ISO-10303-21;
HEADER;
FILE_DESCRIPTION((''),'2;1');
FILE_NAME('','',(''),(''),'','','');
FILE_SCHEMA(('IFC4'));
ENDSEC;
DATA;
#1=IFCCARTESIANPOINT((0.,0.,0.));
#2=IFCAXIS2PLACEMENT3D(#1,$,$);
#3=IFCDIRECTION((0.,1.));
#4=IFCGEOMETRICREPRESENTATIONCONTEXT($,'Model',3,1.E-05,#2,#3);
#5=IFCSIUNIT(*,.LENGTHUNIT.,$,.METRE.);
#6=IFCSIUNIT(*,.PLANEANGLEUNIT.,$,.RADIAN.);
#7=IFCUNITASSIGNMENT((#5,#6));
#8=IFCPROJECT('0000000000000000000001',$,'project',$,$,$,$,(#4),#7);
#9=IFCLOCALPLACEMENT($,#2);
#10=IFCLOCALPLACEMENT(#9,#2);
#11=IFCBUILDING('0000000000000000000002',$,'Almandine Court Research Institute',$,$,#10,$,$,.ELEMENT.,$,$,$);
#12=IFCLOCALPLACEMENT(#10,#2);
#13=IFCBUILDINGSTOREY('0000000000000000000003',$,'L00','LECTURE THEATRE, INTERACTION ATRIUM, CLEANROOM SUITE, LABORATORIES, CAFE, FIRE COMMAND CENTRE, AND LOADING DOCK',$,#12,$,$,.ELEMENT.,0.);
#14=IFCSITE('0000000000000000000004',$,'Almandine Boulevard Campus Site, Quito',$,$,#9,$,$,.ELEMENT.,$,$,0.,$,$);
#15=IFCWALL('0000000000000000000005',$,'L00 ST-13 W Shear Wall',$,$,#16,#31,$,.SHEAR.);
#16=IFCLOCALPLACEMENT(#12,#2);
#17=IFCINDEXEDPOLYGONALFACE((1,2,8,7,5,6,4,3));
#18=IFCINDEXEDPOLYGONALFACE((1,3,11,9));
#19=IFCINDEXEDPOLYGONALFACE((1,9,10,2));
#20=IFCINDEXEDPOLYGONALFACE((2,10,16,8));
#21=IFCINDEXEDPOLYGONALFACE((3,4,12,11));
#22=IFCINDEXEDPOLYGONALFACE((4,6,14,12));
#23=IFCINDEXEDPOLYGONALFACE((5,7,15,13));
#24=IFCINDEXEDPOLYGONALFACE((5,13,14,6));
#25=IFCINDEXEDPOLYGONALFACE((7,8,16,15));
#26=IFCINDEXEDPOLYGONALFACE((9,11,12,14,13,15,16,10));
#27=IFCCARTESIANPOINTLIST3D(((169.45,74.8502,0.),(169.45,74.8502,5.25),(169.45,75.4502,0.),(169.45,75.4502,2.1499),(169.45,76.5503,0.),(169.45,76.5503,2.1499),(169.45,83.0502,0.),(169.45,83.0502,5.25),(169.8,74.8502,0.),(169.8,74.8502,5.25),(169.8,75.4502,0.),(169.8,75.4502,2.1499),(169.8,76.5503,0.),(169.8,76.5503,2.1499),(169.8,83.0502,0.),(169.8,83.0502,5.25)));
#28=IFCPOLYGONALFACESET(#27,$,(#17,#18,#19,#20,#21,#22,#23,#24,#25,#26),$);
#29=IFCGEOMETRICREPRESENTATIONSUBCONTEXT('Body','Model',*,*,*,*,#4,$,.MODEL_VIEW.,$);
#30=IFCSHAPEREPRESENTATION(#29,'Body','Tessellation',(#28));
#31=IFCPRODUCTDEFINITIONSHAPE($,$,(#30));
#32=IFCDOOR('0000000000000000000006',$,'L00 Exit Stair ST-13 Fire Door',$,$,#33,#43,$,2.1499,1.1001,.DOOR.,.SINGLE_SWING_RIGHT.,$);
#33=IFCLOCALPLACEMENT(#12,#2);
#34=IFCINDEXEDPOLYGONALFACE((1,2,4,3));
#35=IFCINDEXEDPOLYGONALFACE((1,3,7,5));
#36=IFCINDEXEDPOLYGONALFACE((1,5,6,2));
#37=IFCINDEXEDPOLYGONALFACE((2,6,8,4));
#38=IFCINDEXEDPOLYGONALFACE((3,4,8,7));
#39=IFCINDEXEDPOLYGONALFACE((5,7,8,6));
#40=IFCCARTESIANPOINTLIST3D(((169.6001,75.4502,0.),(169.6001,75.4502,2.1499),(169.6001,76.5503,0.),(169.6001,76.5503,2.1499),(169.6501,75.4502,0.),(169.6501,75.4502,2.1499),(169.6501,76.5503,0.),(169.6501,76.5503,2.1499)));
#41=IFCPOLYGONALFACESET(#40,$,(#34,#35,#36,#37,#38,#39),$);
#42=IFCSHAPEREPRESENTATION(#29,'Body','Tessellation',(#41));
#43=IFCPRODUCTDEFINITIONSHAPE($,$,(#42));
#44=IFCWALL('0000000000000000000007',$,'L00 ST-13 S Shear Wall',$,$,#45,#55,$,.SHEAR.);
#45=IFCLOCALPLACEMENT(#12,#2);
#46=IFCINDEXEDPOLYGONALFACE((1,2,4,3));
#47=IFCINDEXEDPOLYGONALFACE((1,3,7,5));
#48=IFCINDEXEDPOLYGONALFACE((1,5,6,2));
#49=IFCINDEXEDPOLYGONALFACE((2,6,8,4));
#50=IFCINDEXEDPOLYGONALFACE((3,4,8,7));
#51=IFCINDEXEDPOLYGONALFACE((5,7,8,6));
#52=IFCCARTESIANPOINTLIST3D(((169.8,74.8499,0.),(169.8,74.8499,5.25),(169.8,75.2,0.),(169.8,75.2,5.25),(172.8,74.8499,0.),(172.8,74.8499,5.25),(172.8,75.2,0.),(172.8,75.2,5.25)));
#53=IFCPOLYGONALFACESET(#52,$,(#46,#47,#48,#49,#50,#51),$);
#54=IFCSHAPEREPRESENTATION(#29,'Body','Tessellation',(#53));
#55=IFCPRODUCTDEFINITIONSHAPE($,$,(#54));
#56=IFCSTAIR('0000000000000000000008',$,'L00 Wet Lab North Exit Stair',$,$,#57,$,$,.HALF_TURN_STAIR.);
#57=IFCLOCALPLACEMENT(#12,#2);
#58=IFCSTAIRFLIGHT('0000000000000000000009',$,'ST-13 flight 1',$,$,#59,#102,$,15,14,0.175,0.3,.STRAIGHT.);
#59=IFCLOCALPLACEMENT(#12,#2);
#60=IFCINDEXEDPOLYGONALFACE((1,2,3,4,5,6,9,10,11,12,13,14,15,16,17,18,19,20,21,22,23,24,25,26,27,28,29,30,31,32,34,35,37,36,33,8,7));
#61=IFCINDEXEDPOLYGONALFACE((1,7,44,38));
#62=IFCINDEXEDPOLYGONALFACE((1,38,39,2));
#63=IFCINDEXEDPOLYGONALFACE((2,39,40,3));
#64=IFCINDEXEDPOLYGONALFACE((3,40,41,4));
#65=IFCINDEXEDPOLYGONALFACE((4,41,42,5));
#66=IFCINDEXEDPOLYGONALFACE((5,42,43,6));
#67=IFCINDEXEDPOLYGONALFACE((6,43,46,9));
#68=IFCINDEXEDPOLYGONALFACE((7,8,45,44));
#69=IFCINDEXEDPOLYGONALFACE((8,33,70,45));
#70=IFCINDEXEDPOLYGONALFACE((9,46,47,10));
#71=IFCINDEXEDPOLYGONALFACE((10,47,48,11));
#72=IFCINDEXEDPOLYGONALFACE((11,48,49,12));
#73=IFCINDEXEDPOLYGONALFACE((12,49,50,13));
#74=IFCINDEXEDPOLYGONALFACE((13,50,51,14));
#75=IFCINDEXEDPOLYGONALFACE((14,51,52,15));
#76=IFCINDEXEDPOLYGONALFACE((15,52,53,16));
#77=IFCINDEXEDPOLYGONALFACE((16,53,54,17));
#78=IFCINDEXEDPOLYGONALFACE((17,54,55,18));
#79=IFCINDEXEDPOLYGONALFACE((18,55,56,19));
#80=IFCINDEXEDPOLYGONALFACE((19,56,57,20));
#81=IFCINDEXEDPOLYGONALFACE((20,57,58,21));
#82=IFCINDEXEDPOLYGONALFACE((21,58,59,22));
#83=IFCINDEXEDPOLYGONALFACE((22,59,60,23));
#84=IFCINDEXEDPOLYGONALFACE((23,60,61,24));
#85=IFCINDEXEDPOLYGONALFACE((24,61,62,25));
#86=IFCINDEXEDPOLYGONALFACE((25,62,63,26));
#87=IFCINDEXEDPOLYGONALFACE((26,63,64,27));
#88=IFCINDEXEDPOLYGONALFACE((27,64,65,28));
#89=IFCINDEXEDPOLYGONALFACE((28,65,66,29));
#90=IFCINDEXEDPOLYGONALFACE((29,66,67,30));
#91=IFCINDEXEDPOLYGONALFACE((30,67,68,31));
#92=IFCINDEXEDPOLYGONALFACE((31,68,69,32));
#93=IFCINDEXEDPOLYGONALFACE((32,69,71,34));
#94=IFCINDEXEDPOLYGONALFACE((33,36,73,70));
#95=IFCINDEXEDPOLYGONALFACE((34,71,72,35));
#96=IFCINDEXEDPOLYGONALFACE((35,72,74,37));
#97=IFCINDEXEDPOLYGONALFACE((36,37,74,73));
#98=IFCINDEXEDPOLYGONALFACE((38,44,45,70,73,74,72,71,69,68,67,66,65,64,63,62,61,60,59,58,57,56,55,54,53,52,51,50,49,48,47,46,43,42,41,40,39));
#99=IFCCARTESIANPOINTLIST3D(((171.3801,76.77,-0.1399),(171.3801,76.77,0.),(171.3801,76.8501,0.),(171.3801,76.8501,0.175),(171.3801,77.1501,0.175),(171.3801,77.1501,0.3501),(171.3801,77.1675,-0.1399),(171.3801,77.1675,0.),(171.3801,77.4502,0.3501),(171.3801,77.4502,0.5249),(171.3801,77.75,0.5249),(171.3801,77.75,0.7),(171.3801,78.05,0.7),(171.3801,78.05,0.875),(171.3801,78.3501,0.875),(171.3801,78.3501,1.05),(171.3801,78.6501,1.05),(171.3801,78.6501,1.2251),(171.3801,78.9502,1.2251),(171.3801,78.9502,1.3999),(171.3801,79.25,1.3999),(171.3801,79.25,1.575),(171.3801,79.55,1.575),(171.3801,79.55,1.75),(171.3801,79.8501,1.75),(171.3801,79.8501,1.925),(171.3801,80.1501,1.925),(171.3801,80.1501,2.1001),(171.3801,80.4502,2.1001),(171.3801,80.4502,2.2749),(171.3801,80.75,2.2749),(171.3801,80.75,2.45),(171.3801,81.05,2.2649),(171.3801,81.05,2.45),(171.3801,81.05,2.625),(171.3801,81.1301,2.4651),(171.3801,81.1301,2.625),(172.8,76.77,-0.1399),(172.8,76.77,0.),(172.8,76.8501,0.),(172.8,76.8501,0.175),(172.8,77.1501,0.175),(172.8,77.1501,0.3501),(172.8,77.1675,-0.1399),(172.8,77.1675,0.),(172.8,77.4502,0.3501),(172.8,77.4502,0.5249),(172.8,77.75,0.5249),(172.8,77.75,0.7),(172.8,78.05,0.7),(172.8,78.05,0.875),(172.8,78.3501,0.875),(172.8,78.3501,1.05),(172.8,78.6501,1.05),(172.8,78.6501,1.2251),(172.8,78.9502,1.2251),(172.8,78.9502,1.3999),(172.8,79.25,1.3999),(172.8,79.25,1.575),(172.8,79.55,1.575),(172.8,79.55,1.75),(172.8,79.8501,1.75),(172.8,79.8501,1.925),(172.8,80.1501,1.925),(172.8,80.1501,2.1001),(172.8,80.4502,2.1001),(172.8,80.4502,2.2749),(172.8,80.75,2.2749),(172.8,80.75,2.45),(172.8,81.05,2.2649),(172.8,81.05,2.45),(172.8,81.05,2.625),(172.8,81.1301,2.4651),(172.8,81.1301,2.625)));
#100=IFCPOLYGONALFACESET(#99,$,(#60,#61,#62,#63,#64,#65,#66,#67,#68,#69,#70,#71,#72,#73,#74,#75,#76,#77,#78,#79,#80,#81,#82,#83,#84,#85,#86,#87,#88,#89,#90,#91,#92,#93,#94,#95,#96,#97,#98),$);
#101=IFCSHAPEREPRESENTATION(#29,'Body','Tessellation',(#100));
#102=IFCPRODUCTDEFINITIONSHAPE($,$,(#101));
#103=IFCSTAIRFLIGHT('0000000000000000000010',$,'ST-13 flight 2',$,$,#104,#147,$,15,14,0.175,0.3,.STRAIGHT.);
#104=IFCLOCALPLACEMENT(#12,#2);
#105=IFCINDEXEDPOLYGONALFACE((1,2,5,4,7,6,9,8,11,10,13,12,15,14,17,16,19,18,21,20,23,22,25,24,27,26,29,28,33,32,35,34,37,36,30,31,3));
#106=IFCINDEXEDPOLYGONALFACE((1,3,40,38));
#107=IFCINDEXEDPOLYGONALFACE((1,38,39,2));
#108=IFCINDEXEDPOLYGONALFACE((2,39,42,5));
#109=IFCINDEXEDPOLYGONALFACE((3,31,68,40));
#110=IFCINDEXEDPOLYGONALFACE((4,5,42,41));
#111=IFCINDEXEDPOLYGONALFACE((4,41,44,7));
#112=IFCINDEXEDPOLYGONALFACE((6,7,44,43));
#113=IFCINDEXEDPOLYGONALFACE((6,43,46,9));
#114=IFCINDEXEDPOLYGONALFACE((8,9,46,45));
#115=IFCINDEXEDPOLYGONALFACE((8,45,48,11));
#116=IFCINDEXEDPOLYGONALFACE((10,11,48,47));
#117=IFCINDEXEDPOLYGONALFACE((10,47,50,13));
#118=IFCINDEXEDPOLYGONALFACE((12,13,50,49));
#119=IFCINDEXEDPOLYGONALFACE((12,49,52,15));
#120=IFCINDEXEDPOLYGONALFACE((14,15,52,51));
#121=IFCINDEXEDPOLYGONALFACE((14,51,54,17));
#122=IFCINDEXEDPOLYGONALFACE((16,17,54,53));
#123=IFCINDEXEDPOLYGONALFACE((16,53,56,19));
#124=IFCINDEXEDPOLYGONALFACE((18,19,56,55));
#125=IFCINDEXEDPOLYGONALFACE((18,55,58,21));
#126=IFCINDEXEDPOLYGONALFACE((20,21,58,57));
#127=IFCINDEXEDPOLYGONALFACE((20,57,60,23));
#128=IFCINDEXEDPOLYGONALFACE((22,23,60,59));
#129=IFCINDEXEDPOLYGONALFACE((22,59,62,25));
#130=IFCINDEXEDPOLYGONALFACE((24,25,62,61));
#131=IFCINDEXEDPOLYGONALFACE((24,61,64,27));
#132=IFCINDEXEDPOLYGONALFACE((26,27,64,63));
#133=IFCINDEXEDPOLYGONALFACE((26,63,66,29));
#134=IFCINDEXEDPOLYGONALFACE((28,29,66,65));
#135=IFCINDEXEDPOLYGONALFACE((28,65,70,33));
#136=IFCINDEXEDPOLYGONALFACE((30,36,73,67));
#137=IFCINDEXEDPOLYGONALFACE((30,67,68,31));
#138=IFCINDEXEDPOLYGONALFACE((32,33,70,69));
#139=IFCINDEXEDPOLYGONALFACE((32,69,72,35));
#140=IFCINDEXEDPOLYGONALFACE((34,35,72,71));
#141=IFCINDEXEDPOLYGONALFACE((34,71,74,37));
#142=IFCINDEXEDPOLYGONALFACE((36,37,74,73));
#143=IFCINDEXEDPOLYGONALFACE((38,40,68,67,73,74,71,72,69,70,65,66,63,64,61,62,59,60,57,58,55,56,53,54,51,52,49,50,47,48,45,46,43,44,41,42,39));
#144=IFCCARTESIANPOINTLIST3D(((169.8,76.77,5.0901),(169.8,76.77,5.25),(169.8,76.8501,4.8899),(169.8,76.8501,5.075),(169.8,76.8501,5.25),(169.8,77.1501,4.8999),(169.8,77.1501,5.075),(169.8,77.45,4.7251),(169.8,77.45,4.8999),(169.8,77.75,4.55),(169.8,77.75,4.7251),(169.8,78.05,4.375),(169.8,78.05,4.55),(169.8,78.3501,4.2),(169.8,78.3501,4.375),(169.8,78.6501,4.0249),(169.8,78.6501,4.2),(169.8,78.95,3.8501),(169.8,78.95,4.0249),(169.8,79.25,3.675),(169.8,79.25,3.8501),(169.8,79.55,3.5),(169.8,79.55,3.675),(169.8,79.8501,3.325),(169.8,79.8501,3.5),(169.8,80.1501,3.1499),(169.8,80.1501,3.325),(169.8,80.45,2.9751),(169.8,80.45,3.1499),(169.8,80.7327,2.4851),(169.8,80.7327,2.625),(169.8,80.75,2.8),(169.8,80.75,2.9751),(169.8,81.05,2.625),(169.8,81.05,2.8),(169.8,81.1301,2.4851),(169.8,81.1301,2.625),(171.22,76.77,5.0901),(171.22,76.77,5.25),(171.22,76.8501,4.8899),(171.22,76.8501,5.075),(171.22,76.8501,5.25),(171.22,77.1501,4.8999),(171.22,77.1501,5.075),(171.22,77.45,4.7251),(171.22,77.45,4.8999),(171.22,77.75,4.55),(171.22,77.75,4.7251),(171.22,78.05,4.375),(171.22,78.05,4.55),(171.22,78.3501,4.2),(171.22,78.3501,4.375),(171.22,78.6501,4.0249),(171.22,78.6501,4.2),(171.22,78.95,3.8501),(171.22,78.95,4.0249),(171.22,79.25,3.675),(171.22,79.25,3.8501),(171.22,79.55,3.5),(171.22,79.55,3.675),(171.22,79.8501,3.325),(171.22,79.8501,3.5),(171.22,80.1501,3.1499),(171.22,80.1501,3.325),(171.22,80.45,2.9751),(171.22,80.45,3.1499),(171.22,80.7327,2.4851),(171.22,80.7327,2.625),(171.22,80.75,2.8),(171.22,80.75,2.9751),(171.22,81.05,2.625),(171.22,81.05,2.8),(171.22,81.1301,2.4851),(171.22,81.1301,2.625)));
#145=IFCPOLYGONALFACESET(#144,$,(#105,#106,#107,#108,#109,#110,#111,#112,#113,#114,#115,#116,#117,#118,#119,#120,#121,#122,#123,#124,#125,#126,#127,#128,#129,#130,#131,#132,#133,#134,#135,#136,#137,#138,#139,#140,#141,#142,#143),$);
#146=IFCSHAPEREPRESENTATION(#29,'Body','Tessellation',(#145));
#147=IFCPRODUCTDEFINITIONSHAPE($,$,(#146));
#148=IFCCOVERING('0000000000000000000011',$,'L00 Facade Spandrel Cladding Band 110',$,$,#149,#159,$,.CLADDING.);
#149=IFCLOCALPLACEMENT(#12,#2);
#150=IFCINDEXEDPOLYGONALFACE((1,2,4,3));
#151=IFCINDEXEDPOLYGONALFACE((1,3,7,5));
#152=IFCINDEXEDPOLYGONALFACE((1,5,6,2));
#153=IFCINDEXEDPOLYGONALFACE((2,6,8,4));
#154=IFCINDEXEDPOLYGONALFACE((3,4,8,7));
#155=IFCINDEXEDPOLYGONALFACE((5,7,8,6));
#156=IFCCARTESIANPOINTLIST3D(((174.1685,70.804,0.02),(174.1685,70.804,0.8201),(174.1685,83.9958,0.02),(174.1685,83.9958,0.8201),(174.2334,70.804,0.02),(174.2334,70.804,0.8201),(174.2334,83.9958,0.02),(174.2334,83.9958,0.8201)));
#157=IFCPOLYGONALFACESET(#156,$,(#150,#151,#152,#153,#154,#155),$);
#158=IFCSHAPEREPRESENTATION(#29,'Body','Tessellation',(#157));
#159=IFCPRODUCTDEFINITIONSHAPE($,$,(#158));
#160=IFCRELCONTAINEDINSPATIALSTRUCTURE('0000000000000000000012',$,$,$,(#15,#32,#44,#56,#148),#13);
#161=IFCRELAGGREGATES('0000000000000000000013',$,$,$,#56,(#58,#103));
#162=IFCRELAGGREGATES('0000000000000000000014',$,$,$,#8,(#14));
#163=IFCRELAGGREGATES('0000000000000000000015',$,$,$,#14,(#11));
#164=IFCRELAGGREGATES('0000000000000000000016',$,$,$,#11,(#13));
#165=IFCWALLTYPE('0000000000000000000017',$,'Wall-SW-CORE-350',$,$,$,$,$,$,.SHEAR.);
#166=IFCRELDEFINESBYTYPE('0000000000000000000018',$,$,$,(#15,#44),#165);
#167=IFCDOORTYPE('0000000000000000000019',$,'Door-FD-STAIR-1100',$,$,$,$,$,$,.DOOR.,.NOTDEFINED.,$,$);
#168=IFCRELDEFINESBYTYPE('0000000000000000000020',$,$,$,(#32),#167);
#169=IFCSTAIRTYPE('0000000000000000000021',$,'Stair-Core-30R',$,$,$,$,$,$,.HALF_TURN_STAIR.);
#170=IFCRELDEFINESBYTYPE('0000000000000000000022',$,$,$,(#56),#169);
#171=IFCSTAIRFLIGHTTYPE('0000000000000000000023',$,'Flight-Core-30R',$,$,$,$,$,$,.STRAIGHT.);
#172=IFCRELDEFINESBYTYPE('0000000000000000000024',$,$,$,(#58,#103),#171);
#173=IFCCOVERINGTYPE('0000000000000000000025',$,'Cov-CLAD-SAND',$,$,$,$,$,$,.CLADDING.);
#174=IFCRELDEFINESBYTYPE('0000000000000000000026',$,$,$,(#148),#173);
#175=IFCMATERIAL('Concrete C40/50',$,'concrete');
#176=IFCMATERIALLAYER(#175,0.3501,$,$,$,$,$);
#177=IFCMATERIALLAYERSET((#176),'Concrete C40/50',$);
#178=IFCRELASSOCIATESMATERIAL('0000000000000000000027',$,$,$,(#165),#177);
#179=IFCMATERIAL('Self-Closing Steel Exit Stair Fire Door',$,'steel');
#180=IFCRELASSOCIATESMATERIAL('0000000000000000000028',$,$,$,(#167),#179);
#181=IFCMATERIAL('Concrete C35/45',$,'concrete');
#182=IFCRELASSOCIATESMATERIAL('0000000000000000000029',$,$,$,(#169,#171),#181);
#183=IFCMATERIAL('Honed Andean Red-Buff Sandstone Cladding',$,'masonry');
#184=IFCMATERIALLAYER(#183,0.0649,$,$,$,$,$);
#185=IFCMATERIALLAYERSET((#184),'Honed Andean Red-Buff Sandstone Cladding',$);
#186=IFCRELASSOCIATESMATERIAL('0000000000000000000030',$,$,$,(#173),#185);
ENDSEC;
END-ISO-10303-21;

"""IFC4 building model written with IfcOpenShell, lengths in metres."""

from ifc_helpers import new_model, si_unit, direction, frame, frame_2d, origin, origin_2d, place, context, subcontext, project, spatial, polyline, rectangle, outline, extrude, material, layer, layer_set, type_object, element, fill, aggregate, save


model = new_model("IFC4")

# Units and contexts
model_context = context("Model", 3, precision=1e-05, world=origin(), true_north=direction((0.0, 1.0)))
body_context = subcontext(model_context, "Body", "Model", "MODEL_VIEW")
ifc_project = project(units=[si_unit("LENGTHUNIT", "METRE"), si_unit("PLANEANGLEUNIT", "RADIAN")], contexts=[model_context])

# Site, building, storey
site_placement = place(None, origin())
site = spatial("IfcSite", under=ifc_project, at=site_placement, Name="Almandine Boulevard Campus Site, Quito", CompositionType="ELEMENT", RefElevation=0.0)
building_placement = place(site_placement, origin())
building = spatial("IfcBuilding", under=site, at=building_placement, Name="Almandine Court Research Institute", CompositionType="ELEMENT")
storey_placement = place(building_placement, origin())
storey = spatial("IfcBuildingStorey", under=building, at=storey_placement, Name="L00", Description="LECTURE THEATRE, INTERACTION ATRIUM, CLEANROOM SUITE, LABORATORIES, CAFE, FIRE COMMAND CENTRE, AND LOADING DOCK", CompositionType="ELEMENT", Elevation=0.0)

# Wall, opening, door
ifc_material_1 = material(Name="Concrete C40/50", Category="concrete")
ifc_layer_1 = layer(ifc_material_1, 0.3501)
ifc_layer_set_1 = layer_set([ifc_layer_1], Name="Concrete C40/50")
wall_type_1 = type_object("IfcWallType", Name="Wall-SW-CORE-350", PredefinedType="SHEAR", material=ifc_layer_set_1)
wall_1_placement = place(storey_placement, frame((169.625, 74.8501, 0.0), z_axis=(0.0, 0.0, 1.0), x_axis=(0.0, 1.0, 0.0)))
wall_1 = element("IfcWall", 1, at=wall_1_placement, inside=storey, type_object=wall_type_1, Name="L00 ST-13 W Shear Wall", PredefinedType="SHEAR", context=body_context, shape_type="SweptSolid", body=[
    extrude(rectangle(XDim=8.2, YDim=0.3501, at=frame_2d((4.1001, 0.0))), origin(), (0.0, 0.0, 1.0), 5.25),
])
opening_1_placement = place(wall_1_placement, frame((0.6001, 0.0, 0.0)))
opening_1 = element("IfcOpeningElement", 2, at=opening_1_placement, cuts=wall_1, PredefinedType="OPENING", context=body_context, shape_type="SweptSolid", body=[
    extrude(rectangle(XDim=1.1001, YDim=2.1499, at=frame_2d((0.55, 1.075))), frame((0.0, 0.1851, 0.0), z_axis=(0.0, -1.0, 0.0), x_axis=(1.0, 0.0, 0.0)), (0.0, 0.0, 1.0), 0.3701),
])
ifc_material_2 = material(Name="Self-Closing Steel Exit Stair Fire Door", Category="steel")
door_type_1 = type_object("IfcDoorType", Name="Door-FD-STAIR-1100", OperationType="NOTDEFINED", PredefinedType="DOOR", material=ifc_material_2)
door_1_placement = place(opening_1_placement, origin())
door_1 = element("IfcDoor", 3, at=door_1_placement, inside=storey, type_object=door_type_1, Name="L00 Exit Stair ST-13 Fire Door", OperationType="SINGLE_SWING_RIGHT", OverallHeight=2.1499, OverallWidth=1.1001, PredefinedType="DOOR", context=body_context, shape_type="SweptSolid", body=[
    extrude(rectangle(XDim=1.1001, YDim=2.1499, at=frame_2d((0.55, 1.075))), frame((0.0, 0.0249, 0.0), z_axis=(0.0, -1.0, 0.0), x_axis=(1.0, 0.0, 0.0)), (0.0, 0.0, 1.0), 0.05),
])
fill(opening_1, door_1)

# Wall
wall_2_placement = place(storey_placement, frame((172.8, 75.0249, 0.0), z_axis=(0.0, 0.0, 1.0), x_axis=(-1.0, 0.0, 0.0)))
element("IfcWall", 4, at=wall_2_placement, inside=storey, type_object=wall_type_1, Name="L00 ST-13 S Shear Wall", PredefinedType="SHEAR", context=body_context, shape_type="SweptSolid", body=[
    extrude(rectangle(XDim=3.0, YDim=0.3501, at=frame_2d((1.5, 0.0))), origin(), (0.0, 0.0, 1.0), 5.25),
])

# Stair, stair flights
ifc_material_3 = material(Name="Concrete C35/45", Category="concrete")
stair_type = type_object("IfcStairType", Name="Stair-Core-30R", PredefinedType="HALF_TURN_STAIR", material=ifc_material_3)
stair_placement = place(storey_placement, origin())
stair = element("IfcStair", 5, at=stair_placement, inside=storey, type_object=stair_type, Name="L00 Wet Lab North Exit Stair", PredefinedType="HALF_TURN_STAIR")
stair_flight_type = type_object("IfcStairFlightType", Name="Flight-Core-30R", PredefinedType="STRAIGHT", material=ifc_material_3)
stair_flight_1_placement = place(storey_placement, frame((172.0901, 76.8501, 0.0), z_axis=(0.0, 0.0, 1.0), x_axis=(0.0, 1.0, 0.0)))
stair_flight_1 = element("IfcStairFlight", 6, at=stair_flight_1_placement, type_object=stair_flight_type, Name="ST-13 flight 1", NumberOfRisers=15, NumberOfTreads=14, PredefinedType="STRAIGHT", RiserHeight=0.175, TreadLength=0.3, context=body_context, shape_type="SweptSolid", body=[
    extrude(outline(polyline([(-0.0801, -0.1399), (-0.0801, 0.0), (0.0, 0.0), (0.0, 0.175), (0.3, 0.175), (0.3, 0.3501), (0.6001, 0.3501), (0.6001, 0.5249), (0.8999, 0.5249), (0.8999, 0.7), (1.2, 0.7), (1.2, 0.875), (1.5, 0.875), (1.5, 1.05), (1.8, 1.05), (1.8, 1.2251), (2.1001, 1.2251), (2.1001, 1.3999), (2.3999, 1.3999), (2.3999, 1.575), (2.7, 1.575), (2.7, 1.75), (3.0, 1.75), (3.0, 1.925), (3.3, 1.925), (3.3, 2.1001), (3.6001, 2.1001), (3.6001, 2.2749), (3.8999, 2.2749), (3.8999, 2.45), (4.2, 2.45), (4.2, 2.625), (4.28, 2.625), (4.28, 2.4651), (4.2, 2.2649), (0.3174, 0.0), (0.3174, -0.1399), (-0.0801, -0.1399)])), frame((0.0, 0.71, 0.0), z_axis=(0.0, -1.0, 0.0), x_axis=(1.0, 0.0, 0.0)), (0.0, 0.0, 1.0), 1.4199),
])
stair_flight_2_placement = place(storey_placement, frame((170.51, 81.05, 2.625), z_axis=(0.0, 0.0, 1.0), x_axis=(0.0, -1.0, 0.0)))
stair_flight_2 = element("IfcStairFlight", 7, at=stair_flight_2_placement, type_object=stair_flight_type, Name="ST-13 flight 2", NumberOfRisers=15, NumberOfTreads=14, PredefinedType="STRAIGHT", RiserHeight=0.175, TreadLength=0.3, context=body_context, shape_type="SweptSolid", body=[
    extrude(outline(polyline([(-0.0801, -0.1399), (-0.0801, 0.0), (0.0, 0.0), (0.0, 0.175), (0.3, 0.175), (0.3, 0.3501), (0.6001, 0.3501), (0.6001, 0.5249), (0.8999, 0.5249), (0.8999, 0.7), (1.2, 0.7), (1.2, 0.875), (1.5, 0.875), (1.5, 1.05), (1.8, 1.05), (1.8, 1.2251), (2.1001, 1.2251), (2.1001, 1.3999), (2.3999, 1.3999), (2.3999, 1.575), (2.7, 1.575), (2.7, 1.75), (3.0, 1.75), (3.0, 1.925), (3.3, 1.925), (3.3, 2.1001), (3.6001, 2.1001), (3.6001, 2.2749), (3.8999, 2.2749), (3.8999, 2.45), (4.2, 2.45), (4.2, 2.625), (4.28, 2.625), (4.28, 2.4651), (4.2, 2.2649), (0.3174, 0.0), (0.3174, -0.1399), (-0.0801, -0.1399)])), frame((0.0, 0.71, 0.0), z_axis=(0.0, -1.0, 0.0), x_axis=(1.0, 0.0, 0.0)), (0.0, 0.0, 1.0), 1.4199),
])
aggregate(stair, [stair_flight_1, stair_flight_2])

# Covering
ifc_material_4 = material(Name="Honed Andean Red-Buff Sandstone Cladding", Category="masonry")
ifc_layer_2 = layer(ifc_material_4, 0.0649)
ifc_layer_set_2 = layer_set([ifc_layer_2], Name="Honed Andean Red-Buff Sandstone Cladding")
covering_type = type_object("IfcCoveringType", Name="Cov-CLAD-SAND", PredefinedType="CLADDING", material=ifc_layer_set_2)
covering_placement = place(storey_placement, frame((174.2009, 77.3999, 0.02), z_axis=(0.0, 0.0, 1.0), x_axis=(0.0, -1.0, 0.0)))
element("IfcCovering", 8, at=covering_placement, inside=storey, type_object=covering_type, Name="L00 Facade Spandrel Cladding Band 110", PredefinedType="CLADDING", context=body_context, shape_type="SweptSolid", body=[
    extrude(rectangle(XDim=13.1919, YDim=0.0649, at=origin_2d()), origin(), (0.0, 0.0, 1.0), 0.8),
])

save(model, "model.ifc")
